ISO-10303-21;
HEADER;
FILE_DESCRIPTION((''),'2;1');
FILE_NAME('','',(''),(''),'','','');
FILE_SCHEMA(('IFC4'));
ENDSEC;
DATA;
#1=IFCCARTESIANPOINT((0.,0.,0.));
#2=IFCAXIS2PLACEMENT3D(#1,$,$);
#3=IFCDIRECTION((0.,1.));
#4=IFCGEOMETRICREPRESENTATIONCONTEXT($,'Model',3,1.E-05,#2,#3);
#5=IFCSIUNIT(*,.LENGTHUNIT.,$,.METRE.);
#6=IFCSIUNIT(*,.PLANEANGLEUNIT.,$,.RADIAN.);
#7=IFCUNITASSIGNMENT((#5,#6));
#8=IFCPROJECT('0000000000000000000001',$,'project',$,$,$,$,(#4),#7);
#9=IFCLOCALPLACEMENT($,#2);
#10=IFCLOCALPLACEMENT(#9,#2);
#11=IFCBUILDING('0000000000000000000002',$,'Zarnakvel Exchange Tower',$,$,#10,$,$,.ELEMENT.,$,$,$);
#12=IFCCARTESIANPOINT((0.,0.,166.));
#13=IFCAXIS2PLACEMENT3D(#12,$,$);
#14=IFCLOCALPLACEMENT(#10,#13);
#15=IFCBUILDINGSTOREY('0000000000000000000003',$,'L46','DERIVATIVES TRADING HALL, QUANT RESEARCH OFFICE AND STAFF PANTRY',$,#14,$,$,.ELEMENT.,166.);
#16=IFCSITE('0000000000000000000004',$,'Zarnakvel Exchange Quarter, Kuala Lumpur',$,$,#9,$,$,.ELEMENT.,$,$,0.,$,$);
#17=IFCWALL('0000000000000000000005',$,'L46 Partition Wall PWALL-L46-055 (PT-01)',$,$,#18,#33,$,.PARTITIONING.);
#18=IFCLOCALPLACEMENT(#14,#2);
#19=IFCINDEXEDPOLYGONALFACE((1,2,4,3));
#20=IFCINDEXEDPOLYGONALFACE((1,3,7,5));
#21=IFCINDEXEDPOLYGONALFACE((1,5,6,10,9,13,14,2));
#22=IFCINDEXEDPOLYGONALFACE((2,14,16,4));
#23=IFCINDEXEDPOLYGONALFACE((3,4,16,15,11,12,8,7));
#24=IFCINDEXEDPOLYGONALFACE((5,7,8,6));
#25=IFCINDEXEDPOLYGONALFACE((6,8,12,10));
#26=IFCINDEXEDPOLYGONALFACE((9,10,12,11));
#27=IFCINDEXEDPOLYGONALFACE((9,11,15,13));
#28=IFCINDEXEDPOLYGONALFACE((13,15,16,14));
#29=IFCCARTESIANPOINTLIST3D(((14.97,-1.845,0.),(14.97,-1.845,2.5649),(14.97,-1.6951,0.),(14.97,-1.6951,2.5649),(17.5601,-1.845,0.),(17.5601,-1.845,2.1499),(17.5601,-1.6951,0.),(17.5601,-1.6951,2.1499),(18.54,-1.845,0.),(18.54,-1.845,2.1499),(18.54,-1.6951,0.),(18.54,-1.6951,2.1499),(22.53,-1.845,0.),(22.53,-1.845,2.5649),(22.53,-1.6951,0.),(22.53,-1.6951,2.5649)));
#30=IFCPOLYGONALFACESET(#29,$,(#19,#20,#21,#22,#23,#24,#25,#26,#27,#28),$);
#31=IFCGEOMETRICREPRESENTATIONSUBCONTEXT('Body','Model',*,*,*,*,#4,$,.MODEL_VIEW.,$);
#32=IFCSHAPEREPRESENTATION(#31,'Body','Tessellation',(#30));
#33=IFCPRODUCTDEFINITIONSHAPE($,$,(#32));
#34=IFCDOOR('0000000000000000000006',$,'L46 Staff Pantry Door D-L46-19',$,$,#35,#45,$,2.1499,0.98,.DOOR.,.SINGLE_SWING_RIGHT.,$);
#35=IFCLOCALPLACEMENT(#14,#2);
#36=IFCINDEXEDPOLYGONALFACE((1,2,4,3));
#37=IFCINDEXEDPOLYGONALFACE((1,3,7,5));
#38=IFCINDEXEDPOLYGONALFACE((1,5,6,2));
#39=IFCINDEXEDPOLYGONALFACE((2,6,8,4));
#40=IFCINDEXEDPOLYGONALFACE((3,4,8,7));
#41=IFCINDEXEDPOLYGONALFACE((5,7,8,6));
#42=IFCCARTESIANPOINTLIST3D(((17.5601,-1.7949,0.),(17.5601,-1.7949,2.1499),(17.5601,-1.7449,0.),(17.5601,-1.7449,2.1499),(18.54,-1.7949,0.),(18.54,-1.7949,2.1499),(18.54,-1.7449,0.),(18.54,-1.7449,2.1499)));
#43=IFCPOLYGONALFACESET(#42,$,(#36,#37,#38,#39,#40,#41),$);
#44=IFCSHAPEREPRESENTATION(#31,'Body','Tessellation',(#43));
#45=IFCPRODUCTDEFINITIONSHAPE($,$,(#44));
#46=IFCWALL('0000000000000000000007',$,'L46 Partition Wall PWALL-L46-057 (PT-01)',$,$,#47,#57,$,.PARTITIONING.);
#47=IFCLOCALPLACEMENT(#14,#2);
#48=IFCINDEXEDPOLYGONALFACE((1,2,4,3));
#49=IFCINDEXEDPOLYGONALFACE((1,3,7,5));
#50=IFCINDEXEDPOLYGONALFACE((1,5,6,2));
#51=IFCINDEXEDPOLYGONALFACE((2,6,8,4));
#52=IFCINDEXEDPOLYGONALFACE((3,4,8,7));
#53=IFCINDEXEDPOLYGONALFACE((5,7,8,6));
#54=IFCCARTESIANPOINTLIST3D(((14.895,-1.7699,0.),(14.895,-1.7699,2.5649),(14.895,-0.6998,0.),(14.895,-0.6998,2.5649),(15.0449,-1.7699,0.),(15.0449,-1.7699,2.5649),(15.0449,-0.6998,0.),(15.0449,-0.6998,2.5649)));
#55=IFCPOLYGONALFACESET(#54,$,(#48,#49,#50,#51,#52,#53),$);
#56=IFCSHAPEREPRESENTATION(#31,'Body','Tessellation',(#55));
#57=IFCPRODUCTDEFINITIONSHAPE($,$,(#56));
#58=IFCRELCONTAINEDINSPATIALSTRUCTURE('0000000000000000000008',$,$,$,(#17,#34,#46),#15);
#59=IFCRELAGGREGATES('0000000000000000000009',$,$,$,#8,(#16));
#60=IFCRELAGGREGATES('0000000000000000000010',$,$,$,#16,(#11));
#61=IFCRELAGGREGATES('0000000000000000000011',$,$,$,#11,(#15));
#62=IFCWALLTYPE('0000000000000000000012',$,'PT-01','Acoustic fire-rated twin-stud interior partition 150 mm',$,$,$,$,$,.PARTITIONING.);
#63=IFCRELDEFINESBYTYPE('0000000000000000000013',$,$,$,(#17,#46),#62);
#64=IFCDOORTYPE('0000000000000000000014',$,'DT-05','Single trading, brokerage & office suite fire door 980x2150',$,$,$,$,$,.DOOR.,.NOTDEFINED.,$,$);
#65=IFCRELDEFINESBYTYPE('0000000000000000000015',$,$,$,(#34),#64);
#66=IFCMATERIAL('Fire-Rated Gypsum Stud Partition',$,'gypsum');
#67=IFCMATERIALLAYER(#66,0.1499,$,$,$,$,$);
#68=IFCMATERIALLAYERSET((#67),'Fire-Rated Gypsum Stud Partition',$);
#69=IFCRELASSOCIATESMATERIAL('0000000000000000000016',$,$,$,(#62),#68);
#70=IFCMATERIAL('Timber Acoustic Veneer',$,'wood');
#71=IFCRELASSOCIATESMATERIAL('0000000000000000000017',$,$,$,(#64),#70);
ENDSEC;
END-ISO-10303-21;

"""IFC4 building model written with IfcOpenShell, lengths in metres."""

from ifc_helpers import new_model, si_unit, direction, frame, frame_2d, origin, place, context, subcontext, project, spatial, rectangle, extrude, source, transform, mapped, material, layer, layer_set, type_object, element, fill, save


model = new_model("IFC4")

# Units and contexts
model_context = context("Model", 3, precision=1e-05, world=origin(), true_north=direction((0.0, 1.0)))
body_context = subcontext(model_context, "Body", "Model", "MODEL_VIEW")
ifc_project = project(units=[si_unit("LENGTHUNIT", "METRE"), si_unit("PLANEANGLEUNIT", "RADIAN")], contexts=[model_context])

# Site, building, storey
site_placement = place(None, origin())
site = spatial("IfcSite", under=ifc_project, at=site_placement, Name="Zarnakvel Exchange Quarter, Kuala Lumpur", CompositionType="ELEMENT", RefElevation=0.0)
building_placement = place(site_placement, origin())
building = spatial("IfcBuilding", under=site, at=building_placement, Name="Zarnakvel Exchange Tower", CompositionType="ELEMENT")
storey_placement = place(building_placement, frame((0.0, 0.0, 166.0)))
storey = spatial("IfcBuildingStorey", under=building, at=storey_placement, Name="L46", Description="DERIVATIVES TRADING HALL, QUANT RESEARCH OFFICE AND STAFF PANTRY", CompositionType="ELEMENT", Elevation=166.0)

# Shared definitions
ifc_material_1 = material(Name="Fire-Rated Gypsum Stud Partition", Category="gypsum")
ifc_layer_1 = layer(ifc_material_1, 0.1499)
ifc_layer_set_1 = layer_set([ifc_layer_1], Name="Fire-Rated Gypsum Stud Partition")
wall_type_1 = type_object("IfcWallType", Name="PT-01", Description="Acoustic fire-rated twin-stud interior partition 150 mm", PredefinedType="PARTITIONING", material=ifc_layer_set_1)
ifc_material_2 = material(Name="Timber Acoustic Veneer", Category="wood")
door_type_1 = type_object("IfcDoorType", Name="DT-05", Description="Single trading, brokerage & office suite fire door 980x2150", OperationType="NOTDEFINED", PredefinedType="DOOR", material=ifc_material_2)
shared_shape_1 = source(origin(), body_context, "Body", "SweptSolid", [
    extrude(rectangle(XDim=0.98, YDim=2.1499, at=frame_2d((0.49, 1.075))), frame((0.0, 0.0249, 0.0), z_axis=(0.0, -1.0, 0.0), x_axis=(1.0, 0.0, 0.0)), (0.0, 0.0, 1.0), 0.05),
])

# Wall, opening, door
wall_1_placement = place(storey_placement, frame((22.53, -1.77, 0.0), z_axis=(0.0, 0.0, 1.0), x_axis=(-1.0, 0.0, 0.0)))
wall_1 = element("IfcWall", 1, at=wall_1_placement, inside=storey, type_object=wall_type_1, Name="L46 Partition Wall PWALL-L46-055 (PT-01)", PredefinedType="PARTITIONING", context=body_context, shape_type="SweptSolid", body=[
    extrude(rectangle(XDim=7.5601, YDim=0.1499, at=frame_2d((3.78, 0.0))), origin(), (0.0, 0.0, 1.0), 2.5649),
])
opening_1_placement = place(wall_1_placement, frame((3.99, 0.0, 0.0)))
opening_1 = element("IfcOpeningElement", 2, at=opening_1_placement, cuts=wall_1, PredefinedType="OPENING", context=body_context, shape_type="SweptSolid", body=[
    extrude(rectangle(XDim=0.98, YDim=2.1499, at=frame_2d((0.49, 1.075))), frame((0.0, 0.085, 0.0), z_axis=(0.0, -1.0, 0.0), x_axis=(1.0, 0.0, 0.0)), (0.0, 0.0, 1.0), 0.1699),
])
door_1_placement = place(opening_1_placement, origin())
door_1 = element("IfcDoor", 3, at=door_1_placement, inside=storey, type_object=door_type_1, Name="L46 Staff Pantry Door D-L46-19", OperationType="SINGLE_SWING_RIGHT", OverallHeight=2.1499, OverallWidth=0.98, PredefinedType="DOOR", context=body_context, shape_type="MappedRepresentation", body=[
    mapped(shared_shape_1, transform((0.0, 0.0, 0.0), x_axis=(1.0, 0.0, 0.0), y_axis=(0.0, 1.0, 0.0), z_axis=(0.0, 0.0, 1.0), scale=1.0)),
])
fill(opening_1, door_1)

# Wall
wall_2_placement = place(storey_placement, frame((14.97, -1.77, 0.0), z_axis=(0.0, 0.0, 1.0), x_axis=(0.0, 1.0, 0.0)))
element("IfcWall", 4, at=wall_2_placement, inside=storey, type_object=wall_type_1, Name="L46 Partition Wall PWALL-L46-057 (PT-01)", PredefinedType="PARTITIONING", context=body_context, shape_type="SweptSolid", body=[
    extrude(rectangle(XDim=1.0701, YDim=0.1499, at=frame_2d((0.5352, 0.0))), origin(), (0.0, 0.0, 1.0), 2.5649),
])

save(model, "model.ifc")
